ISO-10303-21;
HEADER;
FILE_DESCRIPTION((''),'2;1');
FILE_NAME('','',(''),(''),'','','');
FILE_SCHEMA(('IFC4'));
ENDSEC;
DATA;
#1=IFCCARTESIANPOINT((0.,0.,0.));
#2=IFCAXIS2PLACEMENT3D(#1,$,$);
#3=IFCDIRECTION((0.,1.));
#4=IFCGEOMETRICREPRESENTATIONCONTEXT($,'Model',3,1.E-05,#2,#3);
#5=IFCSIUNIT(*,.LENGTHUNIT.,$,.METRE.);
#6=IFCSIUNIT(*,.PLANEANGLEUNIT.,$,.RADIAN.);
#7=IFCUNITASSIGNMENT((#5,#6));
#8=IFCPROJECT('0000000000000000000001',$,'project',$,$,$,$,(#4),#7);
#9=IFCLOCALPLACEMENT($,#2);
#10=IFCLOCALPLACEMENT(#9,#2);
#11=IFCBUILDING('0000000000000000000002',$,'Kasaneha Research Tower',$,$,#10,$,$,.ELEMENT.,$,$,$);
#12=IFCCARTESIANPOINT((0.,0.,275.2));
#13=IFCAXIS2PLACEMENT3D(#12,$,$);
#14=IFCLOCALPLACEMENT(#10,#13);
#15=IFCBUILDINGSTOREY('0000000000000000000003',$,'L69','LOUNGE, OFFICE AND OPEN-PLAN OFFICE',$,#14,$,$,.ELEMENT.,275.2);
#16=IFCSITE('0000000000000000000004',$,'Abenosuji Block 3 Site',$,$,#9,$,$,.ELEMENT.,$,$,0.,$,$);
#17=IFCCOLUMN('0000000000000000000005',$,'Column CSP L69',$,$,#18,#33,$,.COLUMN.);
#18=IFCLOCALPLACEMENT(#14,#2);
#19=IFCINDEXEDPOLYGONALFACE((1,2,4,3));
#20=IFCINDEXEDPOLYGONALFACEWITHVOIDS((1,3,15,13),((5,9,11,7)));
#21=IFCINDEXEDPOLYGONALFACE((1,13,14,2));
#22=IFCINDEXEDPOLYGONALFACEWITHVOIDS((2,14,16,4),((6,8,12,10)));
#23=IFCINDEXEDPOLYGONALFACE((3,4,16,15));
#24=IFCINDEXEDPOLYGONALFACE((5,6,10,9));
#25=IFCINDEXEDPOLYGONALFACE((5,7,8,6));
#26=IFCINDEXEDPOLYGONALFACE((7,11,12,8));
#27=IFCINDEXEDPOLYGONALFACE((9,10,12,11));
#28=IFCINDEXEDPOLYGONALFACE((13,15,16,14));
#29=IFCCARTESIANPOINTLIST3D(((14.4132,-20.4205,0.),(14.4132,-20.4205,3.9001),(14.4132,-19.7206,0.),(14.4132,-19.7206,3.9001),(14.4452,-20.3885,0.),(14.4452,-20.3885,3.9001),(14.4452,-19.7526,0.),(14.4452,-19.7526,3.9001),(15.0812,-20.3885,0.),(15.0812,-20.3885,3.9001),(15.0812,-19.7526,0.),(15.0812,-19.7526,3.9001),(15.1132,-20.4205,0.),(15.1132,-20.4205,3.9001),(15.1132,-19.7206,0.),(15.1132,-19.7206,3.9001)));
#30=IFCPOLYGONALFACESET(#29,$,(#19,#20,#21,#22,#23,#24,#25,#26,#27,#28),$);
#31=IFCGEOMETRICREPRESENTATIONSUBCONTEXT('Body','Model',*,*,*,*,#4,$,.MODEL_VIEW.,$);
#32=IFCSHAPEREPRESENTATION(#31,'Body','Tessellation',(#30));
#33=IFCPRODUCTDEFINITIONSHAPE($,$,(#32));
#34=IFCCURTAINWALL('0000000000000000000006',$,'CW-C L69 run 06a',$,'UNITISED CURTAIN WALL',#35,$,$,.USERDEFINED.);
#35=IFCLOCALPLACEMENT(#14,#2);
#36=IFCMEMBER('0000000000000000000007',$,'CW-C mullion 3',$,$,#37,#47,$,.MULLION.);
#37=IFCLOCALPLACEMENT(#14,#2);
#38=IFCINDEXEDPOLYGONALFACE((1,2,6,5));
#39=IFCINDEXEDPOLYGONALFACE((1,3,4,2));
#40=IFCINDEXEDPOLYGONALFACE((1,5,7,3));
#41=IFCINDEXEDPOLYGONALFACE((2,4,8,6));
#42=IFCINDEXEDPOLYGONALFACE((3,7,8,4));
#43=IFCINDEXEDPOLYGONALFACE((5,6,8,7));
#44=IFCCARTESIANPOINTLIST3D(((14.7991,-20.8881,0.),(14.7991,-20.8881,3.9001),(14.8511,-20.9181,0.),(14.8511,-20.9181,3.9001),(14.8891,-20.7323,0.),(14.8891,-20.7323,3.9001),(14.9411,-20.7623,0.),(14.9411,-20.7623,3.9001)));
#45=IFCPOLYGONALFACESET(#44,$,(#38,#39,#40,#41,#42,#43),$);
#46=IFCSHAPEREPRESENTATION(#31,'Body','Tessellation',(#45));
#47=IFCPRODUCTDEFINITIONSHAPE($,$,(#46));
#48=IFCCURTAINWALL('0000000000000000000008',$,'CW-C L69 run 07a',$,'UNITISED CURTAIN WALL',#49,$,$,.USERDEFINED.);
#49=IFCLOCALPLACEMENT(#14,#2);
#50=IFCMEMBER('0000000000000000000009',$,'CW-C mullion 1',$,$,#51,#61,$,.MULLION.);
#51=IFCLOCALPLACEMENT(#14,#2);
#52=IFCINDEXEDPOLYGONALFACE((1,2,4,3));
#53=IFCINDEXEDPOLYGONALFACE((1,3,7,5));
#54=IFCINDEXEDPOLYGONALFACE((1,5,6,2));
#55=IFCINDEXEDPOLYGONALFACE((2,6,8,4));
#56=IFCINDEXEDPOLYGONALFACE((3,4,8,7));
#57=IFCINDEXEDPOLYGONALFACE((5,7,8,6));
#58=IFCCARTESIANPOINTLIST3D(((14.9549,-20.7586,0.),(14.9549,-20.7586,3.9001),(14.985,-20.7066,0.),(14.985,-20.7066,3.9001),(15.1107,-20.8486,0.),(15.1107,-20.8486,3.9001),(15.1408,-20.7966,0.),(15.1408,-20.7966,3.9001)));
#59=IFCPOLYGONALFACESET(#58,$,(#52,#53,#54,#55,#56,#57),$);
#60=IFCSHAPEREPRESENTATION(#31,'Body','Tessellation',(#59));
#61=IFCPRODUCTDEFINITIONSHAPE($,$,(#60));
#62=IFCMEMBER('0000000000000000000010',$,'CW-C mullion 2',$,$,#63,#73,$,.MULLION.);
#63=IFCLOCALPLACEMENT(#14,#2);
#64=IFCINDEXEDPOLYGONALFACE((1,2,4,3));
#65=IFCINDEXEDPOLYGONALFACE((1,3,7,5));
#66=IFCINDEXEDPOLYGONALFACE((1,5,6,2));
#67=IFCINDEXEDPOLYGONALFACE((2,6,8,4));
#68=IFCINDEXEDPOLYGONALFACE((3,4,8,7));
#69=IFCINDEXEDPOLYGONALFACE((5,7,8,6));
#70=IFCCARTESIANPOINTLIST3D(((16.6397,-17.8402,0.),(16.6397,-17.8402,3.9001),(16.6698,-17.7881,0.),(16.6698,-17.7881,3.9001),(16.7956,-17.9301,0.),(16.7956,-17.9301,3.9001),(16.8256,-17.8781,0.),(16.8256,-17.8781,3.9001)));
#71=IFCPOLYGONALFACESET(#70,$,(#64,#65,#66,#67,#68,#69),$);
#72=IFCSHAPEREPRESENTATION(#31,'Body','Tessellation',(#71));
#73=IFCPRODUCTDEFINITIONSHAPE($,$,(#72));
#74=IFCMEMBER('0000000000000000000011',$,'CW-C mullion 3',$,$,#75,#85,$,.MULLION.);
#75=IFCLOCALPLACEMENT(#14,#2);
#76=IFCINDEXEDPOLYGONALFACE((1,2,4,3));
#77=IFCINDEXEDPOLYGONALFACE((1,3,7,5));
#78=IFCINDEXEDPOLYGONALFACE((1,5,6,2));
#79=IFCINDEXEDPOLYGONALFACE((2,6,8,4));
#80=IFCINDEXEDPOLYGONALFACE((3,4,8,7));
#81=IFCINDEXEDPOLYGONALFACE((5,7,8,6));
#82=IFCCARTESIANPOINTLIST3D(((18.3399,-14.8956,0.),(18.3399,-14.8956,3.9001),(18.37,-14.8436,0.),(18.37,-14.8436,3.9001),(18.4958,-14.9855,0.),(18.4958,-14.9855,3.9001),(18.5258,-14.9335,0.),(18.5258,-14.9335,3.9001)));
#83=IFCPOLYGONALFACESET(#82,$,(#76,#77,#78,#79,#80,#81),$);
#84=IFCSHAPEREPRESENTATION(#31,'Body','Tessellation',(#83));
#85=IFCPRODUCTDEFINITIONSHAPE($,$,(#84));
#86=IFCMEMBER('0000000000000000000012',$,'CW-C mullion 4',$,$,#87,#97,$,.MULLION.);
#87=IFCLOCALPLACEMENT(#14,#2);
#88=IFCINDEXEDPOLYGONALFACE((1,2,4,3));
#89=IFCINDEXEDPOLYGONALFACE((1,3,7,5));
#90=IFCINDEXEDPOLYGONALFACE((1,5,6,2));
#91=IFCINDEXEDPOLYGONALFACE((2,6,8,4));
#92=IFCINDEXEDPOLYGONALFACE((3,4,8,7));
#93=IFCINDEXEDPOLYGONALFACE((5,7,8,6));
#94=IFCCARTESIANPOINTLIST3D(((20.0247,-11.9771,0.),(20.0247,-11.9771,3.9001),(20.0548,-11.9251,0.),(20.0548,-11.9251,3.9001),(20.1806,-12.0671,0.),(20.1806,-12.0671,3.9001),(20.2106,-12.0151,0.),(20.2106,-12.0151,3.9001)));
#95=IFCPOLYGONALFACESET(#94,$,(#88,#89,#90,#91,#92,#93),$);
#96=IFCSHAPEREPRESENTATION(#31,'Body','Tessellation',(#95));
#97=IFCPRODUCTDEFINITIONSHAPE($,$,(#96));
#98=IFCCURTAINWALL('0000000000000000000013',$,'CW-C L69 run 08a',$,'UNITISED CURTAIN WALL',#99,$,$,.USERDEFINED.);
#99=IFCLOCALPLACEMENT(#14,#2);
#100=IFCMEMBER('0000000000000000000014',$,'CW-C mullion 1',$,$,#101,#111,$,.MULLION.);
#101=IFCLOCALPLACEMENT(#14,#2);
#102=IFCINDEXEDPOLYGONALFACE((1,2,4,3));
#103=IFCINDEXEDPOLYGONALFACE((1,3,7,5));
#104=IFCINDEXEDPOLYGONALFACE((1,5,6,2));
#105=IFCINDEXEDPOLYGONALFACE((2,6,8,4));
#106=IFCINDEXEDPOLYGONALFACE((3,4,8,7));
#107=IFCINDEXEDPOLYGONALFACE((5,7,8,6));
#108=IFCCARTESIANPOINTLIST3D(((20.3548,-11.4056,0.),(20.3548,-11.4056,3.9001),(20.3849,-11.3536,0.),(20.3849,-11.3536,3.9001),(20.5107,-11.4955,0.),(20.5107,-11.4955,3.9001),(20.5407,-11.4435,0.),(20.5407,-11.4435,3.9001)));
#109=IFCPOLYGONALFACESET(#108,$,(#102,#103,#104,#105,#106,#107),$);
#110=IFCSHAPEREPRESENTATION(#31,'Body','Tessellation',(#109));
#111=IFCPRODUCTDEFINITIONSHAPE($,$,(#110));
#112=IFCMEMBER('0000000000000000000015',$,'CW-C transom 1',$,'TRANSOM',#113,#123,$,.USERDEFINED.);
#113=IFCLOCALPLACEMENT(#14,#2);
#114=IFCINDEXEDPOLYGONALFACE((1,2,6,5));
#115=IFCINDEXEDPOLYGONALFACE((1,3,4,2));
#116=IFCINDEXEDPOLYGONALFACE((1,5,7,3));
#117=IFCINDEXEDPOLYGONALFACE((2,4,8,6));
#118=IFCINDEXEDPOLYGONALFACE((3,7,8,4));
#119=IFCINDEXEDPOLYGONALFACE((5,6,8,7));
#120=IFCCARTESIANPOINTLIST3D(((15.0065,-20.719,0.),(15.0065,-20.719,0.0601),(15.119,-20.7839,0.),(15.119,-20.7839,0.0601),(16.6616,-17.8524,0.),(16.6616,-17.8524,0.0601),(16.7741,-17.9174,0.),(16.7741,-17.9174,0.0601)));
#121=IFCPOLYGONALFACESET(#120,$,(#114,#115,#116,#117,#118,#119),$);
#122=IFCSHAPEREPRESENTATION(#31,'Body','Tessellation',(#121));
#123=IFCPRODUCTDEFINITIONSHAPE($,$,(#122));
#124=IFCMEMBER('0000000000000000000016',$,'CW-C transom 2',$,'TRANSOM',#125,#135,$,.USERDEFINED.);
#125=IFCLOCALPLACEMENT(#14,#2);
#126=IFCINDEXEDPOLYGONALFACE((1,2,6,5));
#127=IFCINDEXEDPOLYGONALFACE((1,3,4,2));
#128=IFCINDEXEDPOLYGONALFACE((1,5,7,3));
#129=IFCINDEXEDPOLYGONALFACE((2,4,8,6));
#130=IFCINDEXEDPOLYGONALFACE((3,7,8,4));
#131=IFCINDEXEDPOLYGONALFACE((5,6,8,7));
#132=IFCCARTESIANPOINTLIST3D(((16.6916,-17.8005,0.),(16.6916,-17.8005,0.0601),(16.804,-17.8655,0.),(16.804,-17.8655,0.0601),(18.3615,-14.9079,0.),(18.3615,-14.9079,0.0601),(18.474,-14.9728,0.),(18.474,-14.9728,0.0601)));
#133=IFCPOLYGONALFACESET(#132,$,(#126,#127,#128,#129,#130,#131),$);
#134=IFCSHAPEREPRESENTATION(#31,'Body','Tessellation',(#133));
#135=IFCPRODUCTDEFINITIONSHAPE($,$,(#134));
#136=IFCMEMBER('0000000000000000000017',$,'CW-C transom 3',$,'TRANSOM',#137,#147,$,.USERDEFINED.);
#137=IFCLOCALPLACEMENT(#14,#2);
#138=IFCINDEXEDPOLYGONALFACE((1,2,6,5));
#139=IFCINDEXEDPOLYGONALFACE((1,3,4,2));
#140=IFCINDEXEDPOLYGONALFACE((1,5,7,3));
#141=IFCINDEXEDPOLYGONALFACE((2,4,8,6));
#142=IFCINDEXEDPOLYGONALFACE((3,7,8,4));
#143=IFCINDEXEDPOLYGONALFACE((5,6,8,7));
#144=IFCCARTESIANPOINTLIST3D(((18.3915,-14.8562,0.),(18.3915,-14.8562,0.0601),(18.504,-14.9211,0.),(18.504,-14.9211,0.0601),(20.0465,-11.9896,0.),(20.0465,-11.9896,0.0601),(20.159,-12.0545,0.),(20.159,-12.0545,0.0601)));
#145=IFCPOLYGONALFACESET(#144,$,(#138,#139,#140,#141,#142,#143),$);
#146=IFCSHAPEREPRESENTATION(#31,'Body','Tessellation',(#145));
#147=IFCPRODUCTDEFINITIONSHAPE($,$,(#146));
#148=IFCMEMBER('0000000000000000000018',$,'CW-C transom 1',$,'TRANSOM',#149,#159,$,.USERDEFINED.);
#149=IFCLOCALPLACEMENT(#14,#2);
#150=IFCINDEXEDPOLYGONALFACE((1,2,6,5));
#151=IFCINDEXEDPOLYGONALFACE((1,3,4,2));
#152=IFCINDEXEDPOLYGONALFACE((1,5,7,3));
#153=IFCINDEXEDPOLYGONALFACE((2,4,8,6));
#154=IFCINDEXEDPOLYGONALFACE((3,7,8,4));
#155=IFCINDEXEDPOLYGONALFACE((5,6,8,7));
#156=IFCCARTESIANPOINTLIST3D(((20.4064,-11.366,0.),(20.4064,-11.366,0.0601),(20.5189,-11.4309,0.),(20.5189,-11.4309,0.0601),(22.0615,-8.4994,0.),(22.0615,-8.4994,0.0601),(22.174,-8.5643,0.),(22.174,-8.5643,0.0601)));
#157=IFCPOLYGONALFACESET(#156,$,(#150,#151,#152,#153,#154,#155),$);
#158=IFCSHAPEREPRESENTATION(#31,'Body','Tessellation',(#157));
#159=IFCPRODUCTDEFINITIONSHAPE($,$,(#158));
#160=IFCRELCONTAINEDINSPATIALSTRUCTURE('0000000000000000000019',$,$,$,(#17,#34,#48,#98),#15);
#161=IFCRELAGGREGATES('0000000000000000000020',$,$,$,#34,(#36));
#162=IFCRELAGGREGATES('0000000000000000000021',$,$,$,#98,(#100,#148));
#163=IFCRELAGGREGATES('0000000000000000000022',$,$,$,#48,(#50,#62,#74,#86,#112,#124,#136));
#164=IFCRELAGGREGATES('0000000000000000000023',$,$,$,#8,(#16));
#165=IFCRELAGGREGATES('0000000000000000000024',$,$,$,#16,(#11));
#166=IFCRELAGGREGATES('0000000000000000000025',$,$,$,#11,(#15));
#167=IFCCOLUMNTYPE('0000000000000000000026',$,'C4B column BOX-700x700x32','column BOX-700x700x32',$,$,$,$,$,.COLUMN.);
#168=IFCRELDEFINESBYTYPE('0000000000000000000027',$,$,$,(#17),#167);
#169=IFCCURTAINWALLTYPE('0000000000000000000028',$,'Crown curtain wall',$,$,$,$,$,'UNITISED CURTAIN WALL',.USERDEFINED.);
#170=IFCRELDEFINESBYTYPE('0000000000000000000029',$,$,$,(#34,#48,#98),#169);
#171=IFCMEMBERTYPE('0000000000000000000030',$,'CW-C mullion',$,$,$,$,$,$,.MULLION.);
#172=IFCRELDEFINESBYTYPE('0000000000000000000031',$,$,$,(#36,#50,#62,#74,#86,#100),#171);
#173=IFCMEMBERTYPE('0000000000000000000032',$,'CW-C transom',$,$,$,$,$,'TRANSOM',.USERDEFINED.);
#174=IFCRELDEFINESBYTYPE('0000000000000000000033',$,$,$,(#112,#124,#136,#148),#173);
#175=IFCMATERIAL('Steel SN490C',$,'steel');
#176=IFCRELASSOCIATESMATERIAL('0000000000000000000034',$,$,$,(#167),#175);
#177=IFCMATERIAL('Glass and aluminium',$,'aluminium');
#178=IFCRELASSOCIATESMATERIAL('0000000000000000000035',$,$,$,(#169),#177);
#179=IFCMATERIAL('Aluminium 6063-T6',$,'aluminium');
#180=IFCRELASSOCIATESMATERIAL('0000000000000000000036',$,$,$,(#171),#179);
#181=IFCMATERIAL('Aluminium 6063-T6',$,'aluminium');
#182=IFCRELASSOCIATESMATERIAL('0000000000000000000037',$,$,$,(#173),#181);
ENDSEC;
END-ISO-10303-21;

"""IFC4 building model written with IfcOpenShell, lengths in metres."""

from ifc_helpers import new_model, si_unit, direction, frame, origin, origin_2d, place, context, subcontext, project, spatial, rectangle, hollow_rectangle, extrude, material, material_profile, profile_set, type_object, element, aggregate, save


model = new_model("IFC4")

# Units and contexts
model_context = context("Model", 3, precision=1e-05, world=origin(), true_north=direction((0.0, 1.0)))
body_context = subcontext(model_context, "Body", "Model", "MODEL_VIEW")
ifc_project = project(units=[si_unit("LENGTHUNIT", "METRE"), si_unit("PLANEANGLEUNIT", "RADIAN")], contexts=[model_context])

# Site, building, storey
site_placement = place(None, origin())
site = spatial("IfcSite", under=ifc_project, at=site_placement, Name="Abenosuji Block 3 Site", CompositionType="ELEMENT", RefElevation=0.0)
building_placement = place(site_placement, origin())
building = spatial("IfcBuilding", under=site, at=building_placement, Name="Kasaneha Research Tower", CompositionType="ELEMENT")
storey_placement = place(building_placement, frame((0.0, 0.0, 275.2)))
storey = spatial("IfcBuildingStorey", under=building, at=storey_placement, Name="L69", Description="LOUNGE, OFFICE AND OPEN-PLAN OFFICE", CompositionType="ELEMENT", Elevation=275.2)

# Column
ifc_material_1 = material(Name="Steel SN490C", Category="steel")
ifc_material_profile_1 = material_profile(ifc_material_1, hollow_rectangle(XDim=0.7, YDim=0.7, WallThickness=0.032, at=origin_2d()), Name="BOX-700x700x32")
ifc_profile_set_1 = profile_set([ifc_material_profile_1], Name="Steel SN490C")
column_type = type_object("IfcColumnType", Name="C4B column BOX-700x700x32", Description="column BOX-700x700x32", PredefinedType="COLUMN", material=ifc_profile_set_1)
column_placement = place(storey_placement, frame((14.7632, -20.0706, 0.0), z_axis=(0.0, 0.0, 1.0), x_axis=(1.0, 0.0, 0.0)))
element("IfcColumn", 1, at=column_placement, inside=storey, type_object=column_type, Name="Column CSP L69", PredefinedType="COLUMN", context=body_context, shape_type="SweptSolid", body=[
    extrude(hollow_rectangle(XDim=0.7, YDim=0.7, WallThickness=0.032, at=origin_2d()), origin(), (0.0, 0.0, 1.0), 3.9001),
])

# Curtain wall, member
ifc_material_2 = material(Name="Glass and aluminium", Category="aluminium")
curtain_wall_type = type_object("IfcCurtainWallType", Name="Crown curtain wall", ElementType="UNITISED CURTAIN WALL", PredefinedType="USERDEFINED", material=ifc_material_2)
curtain_wall_1_placement = place(storey_placement, origin())
curtain_wall_1 = element("IfcCurtainWall", 2, at=curtain_wall_1_placement, inside=storey, type_object=curtain_wall_type, Name="CW-C L69 run 06a", ObjectType="UNITISED CURTAIN WALL", PredefinedType="USERDEFINED")
ifc_material_3 = material(Name="Aluminium 6063-T6", Category="aluminium")
ifc_material_profile_2 = material_profile(ifc_material_3, rectangle(XDim=0.0601, YDim=0.1799, at=origin_2d()), Name="CW-C mullion 60x180")
ifc_profile_set_2 = profile_set([ifc_material_profile_2], Name="Aluminium 6063-T6")
member_type_1 = type_object("IfcMemberType", Name="CW-C mullion", PredefinedType="MULLION", material=ifc_profile_set_2)
member_1_placement = place(storey_placement, frame((14.8701, -20.8252, 0.0), z_axis=(0.0, 0.0, 1.0), x_axis=(0.866025, -0.5, 0.0)))
member_1 = element("IfcMember", 3, at=member_1_placement, type_object=member_type_1, Name="CW-C mullion 3", PredefinedType="MULLION", context=body_context, shape_type="SweptSolid", body=[
    extrude(rectangle(XDim=0.0601, YDim=0.1799, at=origin_2d()), origin(), (0.0, 0.0, 1.0), 3.9001),
])
aggregate(curtain_wall_1, [member_1])

# Curtain wall, members
curtain_wall_2_placement = place(storey_placement, origin())
curtain_wall_2 = element("IfcCurtainWall", 4, at=curtain_wall_2_placement, inside=storey, type_object=curtain_wall_type, Name="CW-C L69 run 07a", ObjectType="UNITISED CURTAIN WALL", PredefinedType="USERDEFINED")
member_2_placement = place(storey_placement, frame((15.0479, -20.7776, 0.0), z_axis=(0.0, 0.0, 1.0), x_axis=(0.5, 0.866025, 0.0)))
member_2 = element("IfcMember", 5, at=member_2_placement, type_object=member_type_1, Name="CW-C mullion 1", PredefinedType="MULLION", context=body_context, shape_type="SweptSolid", body=[
    extrude(rectangle(XDim=0.0601, YDim=0.1799, at=origin_2d()), origin(), (0.0, 0.0, 1.0), 3.9001),
])
member_3_placement = place(storey_placement, frame((16.7327, -17.8591, 0.0), z_axis=(0.0, 0.0, 1.0), x_axis=(0.5, 0.866025, 0.0)))
member_3 = element("IfcMember", 6, at=member_3_placement, type_object=member_type_1, Name="CW-C mullion 2", PredefinedType="MULLION", context=body_context, shape_type="SweptSolid", body=[
    extrude(rectangle(XDim=0.0601, YDim=0.1799, at=origin_2d()), origin(), (0.0, 0.0, 1.0), 3.9001),
])
member_4_placement = place(storey_placement, frame((18.4329, -14.9146, 0.0), z_axis=(0.0, 0.0, 1.0), x_axis=(0.5, 0.866025, 0.0)))
member_4 = element("IfcMember", 7, at=member_4_placement, type_object=member_type_1, Name="CW-C mullion 3", PredefinedType="MULLION", context=body_context, shape_type="SweptSolid", body=[
    extrude(rectangle(XDim=0.0601, YDim=0.1799, at=origin_2d()), origin(), (0.0, 0.0, 1.0), 3.9001),
])
member_5_placement = place(storey_placement, frame((20.1177, -11.9961, 0.0), z_axis=(0.0, 0.0, 1.0), x_axis=(0.5, 0.866025, 0.0)))
member_5 = element("IfcMember", 8, at=member_5_placement, type_object=member_type_1, Name="CW-C mullion 4", PredefinedType="MULLION", context=body_context, shape_type="SweptSolid", body=[
    extrude(rectangle(XDim=0.0601, YDim=0.1799, at=origin_2d()), origin(), (0.0, 0.0, 1.0), 3.9001),
])

# Curtain wall, member
curtain_wall_3_placement = place(storey_placement, origin())
curtain_wall_3 = element("IfcCurtainWall", 9, at=curtain_wall_3_placement, inside=storey, type_object=curtain_wall_type, Name="CW-C L69 run 08a", ObjectType="UNITISED CURTAIN WALL", PredefinedType="USERDEFINED")
member_6_placement = place(storey_placement, frame((20.4478, -11.4246, 0.0), z_axis=(0.0, 0.0, 1.0), x_axis=(0.5, 0.866025, 0.0)))
member_6 = element("IfcMember", 10, at=member_6_placement, type_object=member_type_1, Name="CW-C mullion 1", PredefinedType="MULLION", context=body_context, shape_type="SweptSolid", body=[
    extrude(rectangle(XDim=0.0601, YDim=0.1799, at=origin_2d()), origin(), (0.0, 0.0, 1.0), 3.9001),
])

# Members
ifc_material_4 = material(Name="Aluminium 6063-T6", Category="aluminium")
ifc_material_profile_3 = material_profile(ifc_material_4, rectangle(XDim=0.1299, YDim=0.0601, at=origin_2d()), Name="CW-C transom 130x60")
ifc_profile_set_3 = profile_set([ifc_material_profile_3], Name="Aluminium 6063-T6")
member_type_2 = type_object("IfcMemberType", Name="CW-C transom", ElementType="TRANSOM", PredefinedType="USERDEFINED", material=ifc_profile_set_3)
member_7_placement = place(storey_placement, frame((15.0627, -20.7515, 0.03), z_axis=(0.500018, 0.866015, 0.0), x_axis=(-0.866015, 0.500018, 0.0)))
member_7 = element("IfcMember", 11, at=member_7_placement, type_object=member_type_2, Name="CW-C transom 1", ObjectType="TRANSOM", PredefinedType="USERDEFINED", context=body_context, shape_type="SweptSolid", body=[
    extrude(rectangle(XDim=0.1299, YDim=0.0601, at=origin_2d()), origin(), (0.0, 0.0, 1.0), 3.3101),
])
member_8_placement = place(storey_placement, frame((16.7478, -17.833, 0.03), z_axis=(0.499976, 0.86604, 0.0), x_axis=(-0.86604, 0.499976, 0.0)))
member_8 = element("IfcMember", 12, at=member_8_placement, type_object=member_type_2, Name="CW-C transom 2", ObjectType="TRANSOM", PredefinedType="USERDEFINED", context=body_context, shape_type="SweptSolid", body=[
    extrude(rectangle(XDim=0.1299, YDim=0.0601, at=origin_2d()), origin(), (0.0, 0.0, 1.0), 3.3401),
])
member_9_placement = place(storey_placement, frame((18.4478, -14.8887, 0.03), z_axis=(0.499986, 0.866033, 0.0), x_axis=(-0.866033, 0.499986, 0.0)))
member_9 = element("IfcMember", 13, at=member_9_placement, type_object=member_type_2, Name="CW-C transom 3", ObjectType="TRANSOM", PredefinedType="USERDEFINED", context=body_context, shape_type="SweptSolid", body=[
    extrude(rectangle(XDim=0.1299, YDim=0.0601, at=origin_2d()), origin(), (0.0, 0.0, 1.0), 3.3101),
])
member_10_placement = place(storey_placement, frame((20.4626, -11.3984, 0.03), z_axis=(0.500018, 0.866015, 0.0), x_axis=(-0.866015, 0.500018, 0.0)))
member_10 = element("IfcMember", 14, at=member_10_placement, type_object=member_type_2, Name="CW-C transom 1", ObjectType="TRANSOM", PredefinedType="USERDEFINED", context=body_context, shape_type="SweptSolid", body=[
    extrude(rectangle(XDim=0.1299, YDim=0.0601, at=origin_2d()), origin(), (0.0, 0.0, 1.0), 3.3101),
])
aggregate(curtain_wall_3, [member_6, member_10])

aggregate(curtain_wall_2, [member_2, member_3, member_4, member_5, member_7, member_8, member_9])

save(model, "model.ifc")
